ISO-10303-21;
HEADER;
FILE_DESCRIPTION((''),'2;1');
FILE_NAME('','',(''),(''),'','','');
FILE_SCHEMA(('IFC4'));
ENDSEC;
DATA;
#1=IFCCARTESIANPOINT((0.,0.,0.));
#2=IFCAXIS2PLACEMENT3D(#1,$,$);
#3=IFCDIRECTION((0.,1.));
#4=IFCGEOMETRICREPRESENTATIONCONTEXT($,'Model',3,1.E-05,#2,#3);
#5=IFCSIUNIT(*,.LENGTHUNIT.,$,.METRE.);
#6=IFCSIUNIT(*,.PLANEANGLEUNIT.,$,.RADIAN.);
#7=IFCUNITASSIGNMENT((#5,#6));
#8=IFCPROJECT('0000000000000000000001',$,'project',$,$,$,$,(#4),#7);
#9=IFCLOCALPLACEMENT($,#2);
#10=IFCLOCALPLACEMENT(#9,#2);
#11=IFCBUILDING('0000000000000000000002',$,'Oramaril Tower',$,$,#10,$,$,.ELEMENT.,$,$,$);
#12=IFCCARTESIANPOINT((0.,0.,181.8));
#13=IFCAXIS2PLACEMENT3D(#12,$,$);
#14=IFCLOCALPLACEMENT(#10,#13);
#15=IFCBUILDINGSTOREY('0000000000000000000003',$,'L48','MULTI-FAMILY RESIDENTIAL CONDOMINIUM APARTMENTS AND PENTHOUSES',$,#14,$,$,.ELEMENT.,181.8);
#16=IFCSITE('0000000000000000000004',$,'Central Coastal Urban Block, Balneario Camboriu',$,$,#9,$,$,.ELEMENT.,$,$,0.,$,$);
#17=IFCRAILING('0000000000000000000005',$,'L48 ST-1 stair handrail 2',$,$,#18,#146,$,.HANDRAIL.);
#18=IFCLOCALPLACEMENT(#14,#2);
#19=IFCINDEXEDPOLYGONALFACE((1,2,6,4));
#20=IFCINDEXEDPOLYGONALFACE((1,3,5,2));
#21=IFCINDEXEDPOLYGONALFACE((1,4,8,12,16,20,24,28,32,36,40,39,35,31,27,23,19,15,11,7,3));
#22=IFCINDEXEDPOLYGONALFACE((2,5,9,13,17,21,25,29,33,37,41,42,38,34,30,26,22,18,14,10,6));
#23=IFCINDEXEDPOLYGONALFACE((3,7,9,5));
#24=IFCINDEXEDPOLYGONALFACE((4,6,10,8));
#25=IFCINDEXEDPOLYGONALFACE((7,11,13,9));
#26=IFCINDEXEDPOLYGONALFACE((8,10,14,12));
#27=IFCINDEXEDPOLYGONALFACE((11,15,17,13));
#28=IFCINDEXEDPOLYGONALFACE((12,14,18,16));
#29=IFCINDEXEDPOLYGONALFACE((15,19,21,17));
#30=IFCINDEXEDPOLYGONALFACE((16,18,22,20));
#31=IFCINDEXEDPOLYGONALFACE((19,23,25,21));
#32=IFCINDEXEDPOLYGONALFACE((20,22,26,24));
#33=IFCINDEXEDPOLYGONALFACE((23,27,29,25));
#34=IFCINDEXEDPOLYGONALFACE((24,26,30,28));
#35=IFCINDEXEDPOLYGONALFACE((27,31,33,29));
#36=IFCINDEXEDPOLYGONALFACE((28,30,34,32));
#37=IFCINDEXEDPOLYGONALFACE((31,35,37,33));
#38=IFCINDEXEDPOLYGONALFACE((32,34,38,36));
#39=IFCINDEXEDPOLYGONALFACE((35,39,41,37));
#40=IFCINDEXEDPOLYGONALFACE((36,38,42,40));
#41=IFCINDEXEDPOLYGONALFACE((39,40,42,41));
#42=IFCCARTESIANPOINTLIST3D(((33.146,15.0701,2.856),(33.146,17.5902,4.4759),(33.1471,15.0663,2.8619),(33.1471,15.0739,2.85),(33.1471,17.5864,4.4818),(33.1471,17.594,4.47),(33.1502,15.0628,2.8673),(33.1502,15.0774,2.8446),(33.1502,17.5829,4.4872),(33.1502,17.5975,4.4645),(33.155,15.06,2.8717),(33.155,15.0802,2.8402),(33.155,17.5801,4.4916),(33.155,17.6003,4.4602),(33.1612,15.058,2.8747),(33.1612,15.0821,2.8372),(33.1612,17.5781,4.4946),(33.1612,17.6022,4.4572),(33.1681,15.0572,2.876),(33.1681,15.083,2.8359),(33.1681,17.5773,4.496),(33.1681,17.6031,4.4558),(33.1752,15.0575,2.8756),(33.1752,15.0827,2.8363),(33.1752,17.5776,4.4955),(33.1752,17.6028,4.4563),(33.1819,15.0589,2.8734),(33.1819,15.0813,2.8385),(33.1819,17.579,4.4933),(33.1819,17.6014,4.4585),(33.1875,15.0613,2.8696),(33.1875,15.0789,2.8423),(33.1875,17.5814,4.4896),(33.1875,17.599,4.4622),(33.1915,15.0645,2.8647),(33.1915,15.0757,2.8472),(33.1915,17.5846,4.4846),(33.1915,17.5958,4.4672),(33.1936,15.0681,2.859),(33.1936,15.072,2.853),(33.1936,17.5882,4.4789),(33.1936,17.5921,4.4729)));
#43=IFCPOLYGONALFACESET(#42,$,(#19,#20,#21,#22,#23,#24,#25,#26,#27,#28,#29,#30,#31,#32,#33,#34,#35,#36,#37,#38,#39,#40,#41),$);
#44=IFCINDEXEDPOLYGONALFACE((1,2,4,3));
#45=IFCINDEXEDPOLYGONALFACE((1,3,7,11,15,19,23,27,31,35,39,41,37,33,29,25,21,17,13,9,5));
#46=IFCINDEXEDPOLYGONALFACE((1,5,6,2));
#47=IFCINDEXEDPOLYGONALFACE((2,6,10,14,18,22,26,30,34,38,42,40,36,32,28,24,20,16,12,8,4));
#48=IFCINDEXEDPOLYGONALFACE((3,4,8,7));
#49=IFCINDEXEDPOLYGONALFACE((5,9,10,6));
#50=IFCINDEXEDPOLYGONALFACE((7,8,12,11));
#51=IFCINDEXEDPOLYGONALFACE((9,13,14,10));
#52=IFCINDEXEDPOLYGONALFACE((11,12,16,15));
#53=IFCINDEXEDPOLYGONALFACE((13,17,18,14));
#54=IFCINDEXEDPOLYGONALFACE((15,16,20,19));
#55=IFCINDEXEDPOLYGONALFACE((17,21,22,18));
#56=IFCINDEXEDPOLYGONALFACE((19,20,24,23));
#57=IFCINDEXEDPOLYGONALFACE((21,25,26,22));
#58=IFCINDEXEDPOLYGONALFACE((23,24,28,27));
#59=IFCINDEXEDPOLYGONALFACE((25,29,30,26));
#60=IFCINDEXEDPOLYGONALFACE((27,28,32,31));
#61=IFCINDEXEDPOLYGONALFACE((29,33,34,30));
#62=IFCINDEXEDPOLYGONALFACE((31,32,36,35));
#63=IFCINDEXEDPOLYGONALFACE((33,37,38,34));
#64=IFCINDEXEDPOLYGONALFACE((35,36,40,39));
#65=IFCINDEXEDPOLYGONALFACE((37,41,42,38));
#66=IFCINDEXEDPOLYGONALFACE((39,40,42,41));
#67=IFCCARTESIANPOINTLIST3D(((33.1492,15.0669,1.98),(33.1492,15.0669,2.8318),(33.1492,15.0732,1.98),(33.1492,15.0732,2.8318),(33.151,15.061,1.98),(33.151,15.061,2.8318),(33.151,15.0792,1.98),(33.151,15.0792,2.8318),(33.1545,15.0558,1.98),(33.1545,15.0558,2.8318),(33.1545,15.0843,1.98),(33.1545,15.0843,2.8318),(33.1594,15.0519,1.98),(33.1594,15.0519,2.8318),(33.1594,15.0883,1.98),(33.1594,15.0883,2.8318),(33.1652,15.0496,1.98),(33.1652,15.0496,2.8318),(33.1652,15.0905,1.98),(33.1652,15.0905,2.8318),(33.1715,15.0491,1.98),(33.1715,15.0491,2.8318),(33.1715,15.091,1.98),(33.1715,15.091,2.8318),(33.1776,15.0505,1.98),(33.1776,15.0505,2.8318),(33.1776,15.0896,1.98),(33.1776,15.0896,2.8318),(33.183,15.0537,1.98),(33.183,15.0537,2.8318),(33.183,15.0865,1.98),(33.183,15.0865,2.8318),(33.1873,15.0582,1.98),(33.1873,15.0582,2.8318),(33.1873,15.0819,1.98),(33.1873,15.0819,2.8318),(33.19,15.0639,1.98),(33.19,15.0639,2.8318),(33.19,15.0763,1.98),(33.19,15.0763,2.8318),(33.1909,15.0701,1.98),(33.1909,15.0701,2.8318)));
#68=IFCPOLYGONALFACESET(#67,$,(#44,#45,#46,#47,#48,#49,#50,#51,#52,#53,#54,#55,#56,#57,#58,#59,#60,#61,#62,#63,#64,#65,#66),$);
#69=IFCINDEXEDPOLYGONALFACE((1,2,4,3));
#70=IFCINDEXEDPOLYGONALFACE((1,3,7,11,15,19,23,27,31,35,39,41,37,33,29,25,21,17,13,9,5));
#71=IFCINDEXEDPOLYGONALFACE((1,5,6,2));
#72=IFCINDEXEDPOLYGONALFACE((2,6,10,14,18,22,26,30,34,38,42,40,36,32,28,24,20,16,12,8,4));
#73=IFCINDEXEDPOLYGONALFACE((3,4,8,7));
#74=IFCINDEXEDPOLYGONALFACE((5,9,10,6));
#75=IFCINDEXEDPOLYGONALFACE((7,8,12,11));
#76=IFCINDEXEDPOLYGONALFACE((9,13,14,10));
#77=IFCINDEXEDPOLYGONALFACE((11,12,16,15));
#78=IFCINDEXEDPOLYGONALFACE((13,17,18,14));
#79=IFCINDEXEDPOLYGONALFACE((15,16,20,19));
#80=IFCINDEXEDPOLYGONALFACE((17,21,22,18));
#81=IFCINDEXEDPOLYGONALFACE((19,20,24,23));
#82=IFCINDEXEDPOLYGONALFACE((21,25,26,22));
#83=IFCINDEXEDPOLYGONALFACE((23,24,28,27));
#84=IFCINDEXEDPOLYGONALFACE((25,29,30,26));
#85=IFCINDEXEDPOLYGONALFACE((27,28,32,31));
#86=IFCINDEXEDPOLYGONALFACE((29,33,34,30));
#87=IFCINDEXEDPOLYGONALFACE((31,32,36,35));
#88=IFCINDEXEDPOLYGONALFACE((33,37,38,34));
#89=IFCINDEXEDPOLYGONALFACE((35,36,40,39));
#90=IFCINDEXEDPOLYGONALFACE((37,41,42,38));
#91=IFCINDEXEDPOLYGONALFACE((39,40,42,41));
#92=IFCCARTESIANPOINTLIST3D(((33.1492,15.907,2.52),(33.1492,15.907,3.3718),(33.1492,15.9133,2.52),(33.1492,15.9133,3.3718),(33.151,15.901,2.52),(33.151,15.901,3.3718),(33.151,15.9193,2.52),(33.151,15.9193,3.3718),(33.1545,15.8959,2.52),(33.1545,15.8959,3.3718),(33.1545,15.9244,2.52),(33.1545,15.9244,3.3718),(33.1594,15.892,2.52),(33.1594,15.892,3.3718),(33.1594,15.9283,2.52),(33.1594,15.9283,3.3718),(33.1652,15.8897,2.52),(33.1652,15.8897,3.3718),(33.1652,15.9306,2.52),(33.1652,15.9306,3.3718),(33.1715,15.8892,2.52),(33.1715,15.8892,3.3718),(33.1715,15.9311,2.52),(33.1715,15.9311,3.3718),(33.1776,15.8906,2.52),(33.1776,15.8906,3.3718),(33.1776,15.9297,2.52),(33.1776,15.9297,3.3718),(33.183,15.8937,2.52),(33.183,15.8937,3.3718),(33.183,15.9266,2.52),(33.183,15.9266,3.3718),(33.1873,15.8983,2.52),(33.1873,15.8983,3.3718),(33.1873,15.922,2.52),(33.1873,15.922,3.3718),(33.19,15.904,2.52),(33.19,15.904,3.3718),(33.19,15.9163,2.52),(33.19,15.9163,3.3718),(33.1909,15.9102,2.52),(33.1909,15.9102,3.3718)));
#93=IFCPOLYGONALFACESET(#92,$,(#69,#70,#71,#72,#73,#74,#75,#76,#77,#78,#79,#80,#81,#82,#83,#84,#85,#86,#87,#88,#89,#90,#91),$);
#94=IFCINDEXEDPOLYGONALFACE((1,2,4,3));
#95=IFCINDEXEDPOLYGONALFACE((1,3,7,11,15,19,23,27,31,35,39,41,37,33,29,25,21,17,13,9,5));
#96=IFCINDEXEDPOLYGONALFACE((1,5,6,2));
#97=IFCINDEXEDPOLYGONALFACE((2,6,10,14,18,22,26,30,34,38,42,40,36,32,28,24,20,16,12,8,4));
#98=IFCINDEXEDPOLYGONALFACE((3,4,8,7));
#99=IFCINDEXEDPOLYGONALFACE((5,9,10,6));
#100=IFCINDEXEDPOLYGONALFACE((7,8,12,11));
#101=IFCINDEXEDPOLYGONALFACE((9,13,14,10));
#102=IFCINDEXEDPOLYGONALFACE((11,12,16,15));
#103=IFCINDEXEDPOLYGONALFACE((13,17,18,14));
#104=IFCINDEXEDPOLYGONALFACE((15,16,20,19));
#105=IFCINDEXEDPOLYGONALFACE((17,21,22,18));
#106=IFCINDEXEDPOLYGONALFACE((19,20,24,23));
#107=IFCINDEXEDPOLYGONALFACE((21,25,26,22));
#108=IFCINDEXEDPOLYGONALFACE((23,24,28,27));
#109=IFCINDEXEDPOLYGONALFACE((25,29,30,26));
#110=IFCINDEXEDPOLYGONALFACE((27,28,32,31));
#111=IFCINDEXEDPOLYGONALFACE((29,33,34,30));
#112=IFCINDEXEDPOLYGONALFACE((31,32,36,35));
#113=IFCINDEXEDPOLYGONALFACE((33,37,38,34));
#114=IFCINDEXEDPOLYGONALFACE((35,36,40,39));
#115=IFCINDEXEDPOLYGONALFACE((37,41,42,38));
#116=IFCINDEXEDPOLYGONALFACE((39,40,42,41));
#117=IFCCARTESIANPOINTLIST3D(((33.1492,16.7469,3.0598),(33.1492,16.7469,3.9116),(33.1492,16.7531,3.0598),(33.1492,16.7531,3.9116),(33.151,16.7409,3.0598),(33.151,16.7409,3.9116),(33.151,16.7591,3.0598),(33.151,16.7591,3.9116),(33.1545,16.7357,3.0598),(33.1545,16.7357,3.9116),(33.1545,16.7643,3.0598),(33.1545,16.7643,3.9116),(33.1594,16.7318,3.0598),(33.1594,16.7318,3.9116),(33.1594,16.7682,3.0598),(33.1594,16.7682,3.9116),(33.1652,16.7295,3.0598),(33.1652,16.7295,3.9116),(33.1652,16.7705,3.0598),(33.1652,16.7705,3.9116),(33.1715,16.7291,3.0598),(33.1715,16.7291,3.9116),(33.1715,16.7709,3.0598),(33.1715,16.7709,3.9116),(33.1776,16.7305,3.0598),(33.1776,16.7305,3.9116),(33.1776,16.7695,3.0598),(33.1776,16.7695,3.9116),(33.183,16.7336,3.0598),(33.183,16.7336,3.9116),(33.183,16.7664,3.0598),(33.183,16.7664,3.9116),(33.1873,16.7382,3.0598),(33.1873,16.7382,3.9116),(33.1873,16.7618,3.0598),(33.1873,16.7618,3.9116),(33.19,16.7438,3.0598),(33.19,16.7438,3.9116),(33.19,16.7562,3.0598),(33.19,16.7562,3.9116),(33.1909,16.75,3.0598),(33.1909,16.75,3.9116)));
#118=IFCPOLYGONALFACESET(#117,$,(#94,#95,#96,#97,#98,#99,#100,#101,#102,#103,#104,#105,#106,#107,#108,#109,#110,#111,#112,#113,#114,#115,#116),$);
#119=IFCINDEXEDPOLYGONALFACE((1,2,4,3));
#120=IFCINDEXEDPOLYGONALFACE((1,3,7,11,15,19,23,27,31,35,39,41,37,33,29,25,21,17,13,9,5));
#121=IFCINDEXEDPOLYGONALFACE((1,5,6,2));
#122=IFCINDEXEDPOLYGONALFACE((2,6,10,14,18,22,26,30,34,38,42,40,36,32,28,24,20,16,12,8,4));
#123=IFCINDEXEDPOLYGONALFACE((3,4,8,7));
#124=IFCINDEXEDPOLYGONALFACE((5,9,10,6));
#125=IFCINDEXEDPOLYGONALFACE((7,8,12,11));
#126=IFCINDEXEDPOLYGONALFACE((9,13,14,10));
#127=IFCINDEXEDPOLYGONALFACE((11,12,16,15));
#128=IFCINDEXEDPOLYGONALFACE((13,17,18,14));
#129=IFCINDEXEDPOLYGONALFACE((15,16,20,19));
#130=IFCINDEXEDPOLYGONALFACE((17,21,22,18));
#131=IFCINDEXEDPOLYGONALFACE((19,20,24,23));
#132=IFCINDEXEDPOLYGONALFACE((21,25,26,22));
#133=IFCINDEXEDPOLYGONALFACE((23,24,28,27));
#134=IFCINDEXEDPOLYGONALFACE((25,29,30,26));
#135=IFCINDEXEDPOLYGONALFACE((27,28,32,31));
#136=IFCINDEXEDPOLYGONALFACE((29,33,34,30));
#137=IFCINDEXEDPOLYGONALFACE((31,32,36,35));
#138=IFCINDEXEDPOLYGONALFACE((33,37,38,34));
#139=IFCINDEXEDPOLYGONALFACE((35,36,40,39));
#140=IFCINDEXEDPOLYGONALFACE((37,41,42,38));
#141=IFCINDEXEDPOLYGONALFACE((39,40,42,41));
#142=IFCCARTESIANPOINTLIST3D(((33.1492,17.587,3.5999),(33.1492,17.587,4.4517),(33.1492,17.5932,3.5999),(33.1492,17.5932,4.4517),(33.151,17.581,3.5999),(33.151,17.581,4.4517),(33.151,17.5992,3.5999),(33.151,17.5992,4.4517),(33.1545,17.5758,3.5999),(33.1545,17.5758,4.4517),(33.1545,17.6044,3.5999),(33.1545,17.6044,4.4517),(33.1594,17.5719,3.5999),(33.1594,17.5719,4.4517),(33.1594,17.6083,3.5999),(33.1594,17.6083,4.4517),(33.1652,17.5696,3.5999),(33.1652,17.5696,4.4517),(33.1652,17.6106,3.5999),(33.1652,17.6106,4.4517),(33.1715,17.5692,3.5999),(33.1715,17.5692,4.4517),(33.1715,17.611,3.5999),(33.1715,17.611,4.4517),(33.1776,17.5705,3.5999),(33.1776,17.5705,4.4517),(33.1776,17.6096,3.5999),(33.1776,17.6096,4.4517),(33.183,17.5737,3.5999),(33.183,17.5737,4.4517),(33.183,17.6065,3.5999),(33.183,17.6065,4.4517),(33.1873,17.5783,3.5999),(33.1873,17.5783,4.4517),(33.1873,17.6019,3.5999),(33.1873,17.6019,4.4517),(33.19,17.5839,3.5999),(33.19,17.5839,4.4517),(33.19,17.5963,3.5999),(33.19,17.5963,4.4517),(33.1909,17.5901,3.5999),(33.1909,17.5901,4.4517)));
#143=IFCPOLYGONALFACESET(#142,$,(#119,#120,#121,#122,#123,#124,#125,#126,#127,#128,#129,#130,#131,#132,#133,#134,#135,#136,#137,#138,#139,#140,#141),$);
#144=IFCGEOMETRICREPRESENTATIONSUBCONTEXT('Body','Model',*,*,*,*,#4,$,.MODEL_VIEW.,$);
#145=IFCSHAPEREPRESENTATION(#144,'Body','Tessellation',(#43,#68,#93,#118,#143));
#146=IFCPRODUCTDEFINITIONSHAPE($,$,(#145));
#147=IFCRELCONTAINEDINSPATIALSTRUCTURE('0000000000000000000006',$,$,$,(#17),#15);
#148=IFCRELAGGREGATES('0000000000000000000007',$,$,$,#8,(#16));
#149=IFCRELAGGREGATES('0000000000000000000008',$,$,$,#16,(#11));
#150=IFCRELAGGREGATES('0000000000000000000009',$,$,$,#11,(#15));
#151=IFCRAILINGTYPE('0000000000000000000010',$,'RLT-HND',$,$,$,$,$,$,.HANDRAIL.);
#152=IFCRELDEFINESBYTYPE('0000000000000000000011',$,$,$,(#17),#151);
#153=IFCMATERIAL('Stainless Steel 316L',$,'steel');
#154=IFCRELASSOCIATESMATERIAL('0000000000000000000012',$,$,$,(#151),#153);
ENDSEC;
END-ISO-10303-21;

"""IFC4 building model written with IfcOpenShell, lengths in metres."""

from ifc_helpers import new_model, si_unit, direction, frame, origin, origin_2d, place, context, subcontext, project, spatial, circle, extrude, material, type_object, element, save


model = new_model("IFC4")

# Units and contexts
model_context = context("Model", 3, precision=1e-05, world=origin(), true_north=direction((0.0, 1.0)))
body_context = subcontext(model_context, "Body", "Model", "MODEL_VIEW")
ifc_project = project(units=[si_unit("LENGTHUNIT", "METRE"), si_unit("PLANEANGLEUNIT", "RADIAN")], contexts=[model_context])

# Site, building, storey
site_placement = place(None, origin())
site = spatial("IfcSite", under=ifc_project, at=site_placement, Name="Central Coastal Urban Block, Balneario Camboriu", CompositionType="ELEMENT", RefElevation=0.0)
building_placement = place(site_placement, origin())
building = spatial("IfcBuilding", under=site, at=building_placement, Name="Oramaril Tower", CompositionType="ELEMENT")
storey_placement = place(building_placement, frame((0.0, 0.0, 181.8)))
storey = spatial("IfcBuildingStorey", under=building, at=storey_placement, Name="L48", Description="MULTI-FAMILY RESIDENTIAL CONDOMINIUM APARTMENTS AND PENTHOUSES", CompositionType="ELEMENT", Elevation=181.8)

# Railing
ifc_material_1 = material(Name="Stainless Steel 316L", Category="steel")
railing_type_1 = type_object("IfcRailingType", Name="RLT-HND", PredefinedType="HANDRAIL", material=ifc_material_1)
railing_1_placement = place(storey_placement, frame((33.1699, 15.0701, 1.98)))
element("IfcRailing", 1, at=railing_1_placement, inside=storey, type_object=railing_type_1, Name="L48 ST-1 stair handrail 2", PredefinedType="HANDRAIL", context=body_context, shape_type="SweptSolid", body=[
    extrude(circle(Radius=0.0239, at=origin_2d()), frame((0.0, 0.0, 0.876), z_axis=(0.0, 0.8412, 0.540725), x_axis=(-1.0, 0.0, 0.0)), (0.0, 0.0, 1.0), 2.9958),
    extrude(circle(Radius=0.021, at=origin_2d()), origin(), (0.0, 0.0, 1.0), 0.8518),
    extrude(circle(Radius=0.021, at=origin_2d()), frame((0.0, 0.8401, 0.54)), (0.0, 0.0, 1.0), 0.8518),
    extrude(circle(Radius=0.021, at=origin_2d()), frame((0.0, 1.6799, 1.0798)), (0.0, 0.0, 1.0), 0.8518),
    extrude(circle(Radius=0.021, at=origin_2d()), frame((0.0, 2.52, 1.6199)), (0.0, 0.0, 1.0), 0.8518),
])

save(model, "model.ifc")
